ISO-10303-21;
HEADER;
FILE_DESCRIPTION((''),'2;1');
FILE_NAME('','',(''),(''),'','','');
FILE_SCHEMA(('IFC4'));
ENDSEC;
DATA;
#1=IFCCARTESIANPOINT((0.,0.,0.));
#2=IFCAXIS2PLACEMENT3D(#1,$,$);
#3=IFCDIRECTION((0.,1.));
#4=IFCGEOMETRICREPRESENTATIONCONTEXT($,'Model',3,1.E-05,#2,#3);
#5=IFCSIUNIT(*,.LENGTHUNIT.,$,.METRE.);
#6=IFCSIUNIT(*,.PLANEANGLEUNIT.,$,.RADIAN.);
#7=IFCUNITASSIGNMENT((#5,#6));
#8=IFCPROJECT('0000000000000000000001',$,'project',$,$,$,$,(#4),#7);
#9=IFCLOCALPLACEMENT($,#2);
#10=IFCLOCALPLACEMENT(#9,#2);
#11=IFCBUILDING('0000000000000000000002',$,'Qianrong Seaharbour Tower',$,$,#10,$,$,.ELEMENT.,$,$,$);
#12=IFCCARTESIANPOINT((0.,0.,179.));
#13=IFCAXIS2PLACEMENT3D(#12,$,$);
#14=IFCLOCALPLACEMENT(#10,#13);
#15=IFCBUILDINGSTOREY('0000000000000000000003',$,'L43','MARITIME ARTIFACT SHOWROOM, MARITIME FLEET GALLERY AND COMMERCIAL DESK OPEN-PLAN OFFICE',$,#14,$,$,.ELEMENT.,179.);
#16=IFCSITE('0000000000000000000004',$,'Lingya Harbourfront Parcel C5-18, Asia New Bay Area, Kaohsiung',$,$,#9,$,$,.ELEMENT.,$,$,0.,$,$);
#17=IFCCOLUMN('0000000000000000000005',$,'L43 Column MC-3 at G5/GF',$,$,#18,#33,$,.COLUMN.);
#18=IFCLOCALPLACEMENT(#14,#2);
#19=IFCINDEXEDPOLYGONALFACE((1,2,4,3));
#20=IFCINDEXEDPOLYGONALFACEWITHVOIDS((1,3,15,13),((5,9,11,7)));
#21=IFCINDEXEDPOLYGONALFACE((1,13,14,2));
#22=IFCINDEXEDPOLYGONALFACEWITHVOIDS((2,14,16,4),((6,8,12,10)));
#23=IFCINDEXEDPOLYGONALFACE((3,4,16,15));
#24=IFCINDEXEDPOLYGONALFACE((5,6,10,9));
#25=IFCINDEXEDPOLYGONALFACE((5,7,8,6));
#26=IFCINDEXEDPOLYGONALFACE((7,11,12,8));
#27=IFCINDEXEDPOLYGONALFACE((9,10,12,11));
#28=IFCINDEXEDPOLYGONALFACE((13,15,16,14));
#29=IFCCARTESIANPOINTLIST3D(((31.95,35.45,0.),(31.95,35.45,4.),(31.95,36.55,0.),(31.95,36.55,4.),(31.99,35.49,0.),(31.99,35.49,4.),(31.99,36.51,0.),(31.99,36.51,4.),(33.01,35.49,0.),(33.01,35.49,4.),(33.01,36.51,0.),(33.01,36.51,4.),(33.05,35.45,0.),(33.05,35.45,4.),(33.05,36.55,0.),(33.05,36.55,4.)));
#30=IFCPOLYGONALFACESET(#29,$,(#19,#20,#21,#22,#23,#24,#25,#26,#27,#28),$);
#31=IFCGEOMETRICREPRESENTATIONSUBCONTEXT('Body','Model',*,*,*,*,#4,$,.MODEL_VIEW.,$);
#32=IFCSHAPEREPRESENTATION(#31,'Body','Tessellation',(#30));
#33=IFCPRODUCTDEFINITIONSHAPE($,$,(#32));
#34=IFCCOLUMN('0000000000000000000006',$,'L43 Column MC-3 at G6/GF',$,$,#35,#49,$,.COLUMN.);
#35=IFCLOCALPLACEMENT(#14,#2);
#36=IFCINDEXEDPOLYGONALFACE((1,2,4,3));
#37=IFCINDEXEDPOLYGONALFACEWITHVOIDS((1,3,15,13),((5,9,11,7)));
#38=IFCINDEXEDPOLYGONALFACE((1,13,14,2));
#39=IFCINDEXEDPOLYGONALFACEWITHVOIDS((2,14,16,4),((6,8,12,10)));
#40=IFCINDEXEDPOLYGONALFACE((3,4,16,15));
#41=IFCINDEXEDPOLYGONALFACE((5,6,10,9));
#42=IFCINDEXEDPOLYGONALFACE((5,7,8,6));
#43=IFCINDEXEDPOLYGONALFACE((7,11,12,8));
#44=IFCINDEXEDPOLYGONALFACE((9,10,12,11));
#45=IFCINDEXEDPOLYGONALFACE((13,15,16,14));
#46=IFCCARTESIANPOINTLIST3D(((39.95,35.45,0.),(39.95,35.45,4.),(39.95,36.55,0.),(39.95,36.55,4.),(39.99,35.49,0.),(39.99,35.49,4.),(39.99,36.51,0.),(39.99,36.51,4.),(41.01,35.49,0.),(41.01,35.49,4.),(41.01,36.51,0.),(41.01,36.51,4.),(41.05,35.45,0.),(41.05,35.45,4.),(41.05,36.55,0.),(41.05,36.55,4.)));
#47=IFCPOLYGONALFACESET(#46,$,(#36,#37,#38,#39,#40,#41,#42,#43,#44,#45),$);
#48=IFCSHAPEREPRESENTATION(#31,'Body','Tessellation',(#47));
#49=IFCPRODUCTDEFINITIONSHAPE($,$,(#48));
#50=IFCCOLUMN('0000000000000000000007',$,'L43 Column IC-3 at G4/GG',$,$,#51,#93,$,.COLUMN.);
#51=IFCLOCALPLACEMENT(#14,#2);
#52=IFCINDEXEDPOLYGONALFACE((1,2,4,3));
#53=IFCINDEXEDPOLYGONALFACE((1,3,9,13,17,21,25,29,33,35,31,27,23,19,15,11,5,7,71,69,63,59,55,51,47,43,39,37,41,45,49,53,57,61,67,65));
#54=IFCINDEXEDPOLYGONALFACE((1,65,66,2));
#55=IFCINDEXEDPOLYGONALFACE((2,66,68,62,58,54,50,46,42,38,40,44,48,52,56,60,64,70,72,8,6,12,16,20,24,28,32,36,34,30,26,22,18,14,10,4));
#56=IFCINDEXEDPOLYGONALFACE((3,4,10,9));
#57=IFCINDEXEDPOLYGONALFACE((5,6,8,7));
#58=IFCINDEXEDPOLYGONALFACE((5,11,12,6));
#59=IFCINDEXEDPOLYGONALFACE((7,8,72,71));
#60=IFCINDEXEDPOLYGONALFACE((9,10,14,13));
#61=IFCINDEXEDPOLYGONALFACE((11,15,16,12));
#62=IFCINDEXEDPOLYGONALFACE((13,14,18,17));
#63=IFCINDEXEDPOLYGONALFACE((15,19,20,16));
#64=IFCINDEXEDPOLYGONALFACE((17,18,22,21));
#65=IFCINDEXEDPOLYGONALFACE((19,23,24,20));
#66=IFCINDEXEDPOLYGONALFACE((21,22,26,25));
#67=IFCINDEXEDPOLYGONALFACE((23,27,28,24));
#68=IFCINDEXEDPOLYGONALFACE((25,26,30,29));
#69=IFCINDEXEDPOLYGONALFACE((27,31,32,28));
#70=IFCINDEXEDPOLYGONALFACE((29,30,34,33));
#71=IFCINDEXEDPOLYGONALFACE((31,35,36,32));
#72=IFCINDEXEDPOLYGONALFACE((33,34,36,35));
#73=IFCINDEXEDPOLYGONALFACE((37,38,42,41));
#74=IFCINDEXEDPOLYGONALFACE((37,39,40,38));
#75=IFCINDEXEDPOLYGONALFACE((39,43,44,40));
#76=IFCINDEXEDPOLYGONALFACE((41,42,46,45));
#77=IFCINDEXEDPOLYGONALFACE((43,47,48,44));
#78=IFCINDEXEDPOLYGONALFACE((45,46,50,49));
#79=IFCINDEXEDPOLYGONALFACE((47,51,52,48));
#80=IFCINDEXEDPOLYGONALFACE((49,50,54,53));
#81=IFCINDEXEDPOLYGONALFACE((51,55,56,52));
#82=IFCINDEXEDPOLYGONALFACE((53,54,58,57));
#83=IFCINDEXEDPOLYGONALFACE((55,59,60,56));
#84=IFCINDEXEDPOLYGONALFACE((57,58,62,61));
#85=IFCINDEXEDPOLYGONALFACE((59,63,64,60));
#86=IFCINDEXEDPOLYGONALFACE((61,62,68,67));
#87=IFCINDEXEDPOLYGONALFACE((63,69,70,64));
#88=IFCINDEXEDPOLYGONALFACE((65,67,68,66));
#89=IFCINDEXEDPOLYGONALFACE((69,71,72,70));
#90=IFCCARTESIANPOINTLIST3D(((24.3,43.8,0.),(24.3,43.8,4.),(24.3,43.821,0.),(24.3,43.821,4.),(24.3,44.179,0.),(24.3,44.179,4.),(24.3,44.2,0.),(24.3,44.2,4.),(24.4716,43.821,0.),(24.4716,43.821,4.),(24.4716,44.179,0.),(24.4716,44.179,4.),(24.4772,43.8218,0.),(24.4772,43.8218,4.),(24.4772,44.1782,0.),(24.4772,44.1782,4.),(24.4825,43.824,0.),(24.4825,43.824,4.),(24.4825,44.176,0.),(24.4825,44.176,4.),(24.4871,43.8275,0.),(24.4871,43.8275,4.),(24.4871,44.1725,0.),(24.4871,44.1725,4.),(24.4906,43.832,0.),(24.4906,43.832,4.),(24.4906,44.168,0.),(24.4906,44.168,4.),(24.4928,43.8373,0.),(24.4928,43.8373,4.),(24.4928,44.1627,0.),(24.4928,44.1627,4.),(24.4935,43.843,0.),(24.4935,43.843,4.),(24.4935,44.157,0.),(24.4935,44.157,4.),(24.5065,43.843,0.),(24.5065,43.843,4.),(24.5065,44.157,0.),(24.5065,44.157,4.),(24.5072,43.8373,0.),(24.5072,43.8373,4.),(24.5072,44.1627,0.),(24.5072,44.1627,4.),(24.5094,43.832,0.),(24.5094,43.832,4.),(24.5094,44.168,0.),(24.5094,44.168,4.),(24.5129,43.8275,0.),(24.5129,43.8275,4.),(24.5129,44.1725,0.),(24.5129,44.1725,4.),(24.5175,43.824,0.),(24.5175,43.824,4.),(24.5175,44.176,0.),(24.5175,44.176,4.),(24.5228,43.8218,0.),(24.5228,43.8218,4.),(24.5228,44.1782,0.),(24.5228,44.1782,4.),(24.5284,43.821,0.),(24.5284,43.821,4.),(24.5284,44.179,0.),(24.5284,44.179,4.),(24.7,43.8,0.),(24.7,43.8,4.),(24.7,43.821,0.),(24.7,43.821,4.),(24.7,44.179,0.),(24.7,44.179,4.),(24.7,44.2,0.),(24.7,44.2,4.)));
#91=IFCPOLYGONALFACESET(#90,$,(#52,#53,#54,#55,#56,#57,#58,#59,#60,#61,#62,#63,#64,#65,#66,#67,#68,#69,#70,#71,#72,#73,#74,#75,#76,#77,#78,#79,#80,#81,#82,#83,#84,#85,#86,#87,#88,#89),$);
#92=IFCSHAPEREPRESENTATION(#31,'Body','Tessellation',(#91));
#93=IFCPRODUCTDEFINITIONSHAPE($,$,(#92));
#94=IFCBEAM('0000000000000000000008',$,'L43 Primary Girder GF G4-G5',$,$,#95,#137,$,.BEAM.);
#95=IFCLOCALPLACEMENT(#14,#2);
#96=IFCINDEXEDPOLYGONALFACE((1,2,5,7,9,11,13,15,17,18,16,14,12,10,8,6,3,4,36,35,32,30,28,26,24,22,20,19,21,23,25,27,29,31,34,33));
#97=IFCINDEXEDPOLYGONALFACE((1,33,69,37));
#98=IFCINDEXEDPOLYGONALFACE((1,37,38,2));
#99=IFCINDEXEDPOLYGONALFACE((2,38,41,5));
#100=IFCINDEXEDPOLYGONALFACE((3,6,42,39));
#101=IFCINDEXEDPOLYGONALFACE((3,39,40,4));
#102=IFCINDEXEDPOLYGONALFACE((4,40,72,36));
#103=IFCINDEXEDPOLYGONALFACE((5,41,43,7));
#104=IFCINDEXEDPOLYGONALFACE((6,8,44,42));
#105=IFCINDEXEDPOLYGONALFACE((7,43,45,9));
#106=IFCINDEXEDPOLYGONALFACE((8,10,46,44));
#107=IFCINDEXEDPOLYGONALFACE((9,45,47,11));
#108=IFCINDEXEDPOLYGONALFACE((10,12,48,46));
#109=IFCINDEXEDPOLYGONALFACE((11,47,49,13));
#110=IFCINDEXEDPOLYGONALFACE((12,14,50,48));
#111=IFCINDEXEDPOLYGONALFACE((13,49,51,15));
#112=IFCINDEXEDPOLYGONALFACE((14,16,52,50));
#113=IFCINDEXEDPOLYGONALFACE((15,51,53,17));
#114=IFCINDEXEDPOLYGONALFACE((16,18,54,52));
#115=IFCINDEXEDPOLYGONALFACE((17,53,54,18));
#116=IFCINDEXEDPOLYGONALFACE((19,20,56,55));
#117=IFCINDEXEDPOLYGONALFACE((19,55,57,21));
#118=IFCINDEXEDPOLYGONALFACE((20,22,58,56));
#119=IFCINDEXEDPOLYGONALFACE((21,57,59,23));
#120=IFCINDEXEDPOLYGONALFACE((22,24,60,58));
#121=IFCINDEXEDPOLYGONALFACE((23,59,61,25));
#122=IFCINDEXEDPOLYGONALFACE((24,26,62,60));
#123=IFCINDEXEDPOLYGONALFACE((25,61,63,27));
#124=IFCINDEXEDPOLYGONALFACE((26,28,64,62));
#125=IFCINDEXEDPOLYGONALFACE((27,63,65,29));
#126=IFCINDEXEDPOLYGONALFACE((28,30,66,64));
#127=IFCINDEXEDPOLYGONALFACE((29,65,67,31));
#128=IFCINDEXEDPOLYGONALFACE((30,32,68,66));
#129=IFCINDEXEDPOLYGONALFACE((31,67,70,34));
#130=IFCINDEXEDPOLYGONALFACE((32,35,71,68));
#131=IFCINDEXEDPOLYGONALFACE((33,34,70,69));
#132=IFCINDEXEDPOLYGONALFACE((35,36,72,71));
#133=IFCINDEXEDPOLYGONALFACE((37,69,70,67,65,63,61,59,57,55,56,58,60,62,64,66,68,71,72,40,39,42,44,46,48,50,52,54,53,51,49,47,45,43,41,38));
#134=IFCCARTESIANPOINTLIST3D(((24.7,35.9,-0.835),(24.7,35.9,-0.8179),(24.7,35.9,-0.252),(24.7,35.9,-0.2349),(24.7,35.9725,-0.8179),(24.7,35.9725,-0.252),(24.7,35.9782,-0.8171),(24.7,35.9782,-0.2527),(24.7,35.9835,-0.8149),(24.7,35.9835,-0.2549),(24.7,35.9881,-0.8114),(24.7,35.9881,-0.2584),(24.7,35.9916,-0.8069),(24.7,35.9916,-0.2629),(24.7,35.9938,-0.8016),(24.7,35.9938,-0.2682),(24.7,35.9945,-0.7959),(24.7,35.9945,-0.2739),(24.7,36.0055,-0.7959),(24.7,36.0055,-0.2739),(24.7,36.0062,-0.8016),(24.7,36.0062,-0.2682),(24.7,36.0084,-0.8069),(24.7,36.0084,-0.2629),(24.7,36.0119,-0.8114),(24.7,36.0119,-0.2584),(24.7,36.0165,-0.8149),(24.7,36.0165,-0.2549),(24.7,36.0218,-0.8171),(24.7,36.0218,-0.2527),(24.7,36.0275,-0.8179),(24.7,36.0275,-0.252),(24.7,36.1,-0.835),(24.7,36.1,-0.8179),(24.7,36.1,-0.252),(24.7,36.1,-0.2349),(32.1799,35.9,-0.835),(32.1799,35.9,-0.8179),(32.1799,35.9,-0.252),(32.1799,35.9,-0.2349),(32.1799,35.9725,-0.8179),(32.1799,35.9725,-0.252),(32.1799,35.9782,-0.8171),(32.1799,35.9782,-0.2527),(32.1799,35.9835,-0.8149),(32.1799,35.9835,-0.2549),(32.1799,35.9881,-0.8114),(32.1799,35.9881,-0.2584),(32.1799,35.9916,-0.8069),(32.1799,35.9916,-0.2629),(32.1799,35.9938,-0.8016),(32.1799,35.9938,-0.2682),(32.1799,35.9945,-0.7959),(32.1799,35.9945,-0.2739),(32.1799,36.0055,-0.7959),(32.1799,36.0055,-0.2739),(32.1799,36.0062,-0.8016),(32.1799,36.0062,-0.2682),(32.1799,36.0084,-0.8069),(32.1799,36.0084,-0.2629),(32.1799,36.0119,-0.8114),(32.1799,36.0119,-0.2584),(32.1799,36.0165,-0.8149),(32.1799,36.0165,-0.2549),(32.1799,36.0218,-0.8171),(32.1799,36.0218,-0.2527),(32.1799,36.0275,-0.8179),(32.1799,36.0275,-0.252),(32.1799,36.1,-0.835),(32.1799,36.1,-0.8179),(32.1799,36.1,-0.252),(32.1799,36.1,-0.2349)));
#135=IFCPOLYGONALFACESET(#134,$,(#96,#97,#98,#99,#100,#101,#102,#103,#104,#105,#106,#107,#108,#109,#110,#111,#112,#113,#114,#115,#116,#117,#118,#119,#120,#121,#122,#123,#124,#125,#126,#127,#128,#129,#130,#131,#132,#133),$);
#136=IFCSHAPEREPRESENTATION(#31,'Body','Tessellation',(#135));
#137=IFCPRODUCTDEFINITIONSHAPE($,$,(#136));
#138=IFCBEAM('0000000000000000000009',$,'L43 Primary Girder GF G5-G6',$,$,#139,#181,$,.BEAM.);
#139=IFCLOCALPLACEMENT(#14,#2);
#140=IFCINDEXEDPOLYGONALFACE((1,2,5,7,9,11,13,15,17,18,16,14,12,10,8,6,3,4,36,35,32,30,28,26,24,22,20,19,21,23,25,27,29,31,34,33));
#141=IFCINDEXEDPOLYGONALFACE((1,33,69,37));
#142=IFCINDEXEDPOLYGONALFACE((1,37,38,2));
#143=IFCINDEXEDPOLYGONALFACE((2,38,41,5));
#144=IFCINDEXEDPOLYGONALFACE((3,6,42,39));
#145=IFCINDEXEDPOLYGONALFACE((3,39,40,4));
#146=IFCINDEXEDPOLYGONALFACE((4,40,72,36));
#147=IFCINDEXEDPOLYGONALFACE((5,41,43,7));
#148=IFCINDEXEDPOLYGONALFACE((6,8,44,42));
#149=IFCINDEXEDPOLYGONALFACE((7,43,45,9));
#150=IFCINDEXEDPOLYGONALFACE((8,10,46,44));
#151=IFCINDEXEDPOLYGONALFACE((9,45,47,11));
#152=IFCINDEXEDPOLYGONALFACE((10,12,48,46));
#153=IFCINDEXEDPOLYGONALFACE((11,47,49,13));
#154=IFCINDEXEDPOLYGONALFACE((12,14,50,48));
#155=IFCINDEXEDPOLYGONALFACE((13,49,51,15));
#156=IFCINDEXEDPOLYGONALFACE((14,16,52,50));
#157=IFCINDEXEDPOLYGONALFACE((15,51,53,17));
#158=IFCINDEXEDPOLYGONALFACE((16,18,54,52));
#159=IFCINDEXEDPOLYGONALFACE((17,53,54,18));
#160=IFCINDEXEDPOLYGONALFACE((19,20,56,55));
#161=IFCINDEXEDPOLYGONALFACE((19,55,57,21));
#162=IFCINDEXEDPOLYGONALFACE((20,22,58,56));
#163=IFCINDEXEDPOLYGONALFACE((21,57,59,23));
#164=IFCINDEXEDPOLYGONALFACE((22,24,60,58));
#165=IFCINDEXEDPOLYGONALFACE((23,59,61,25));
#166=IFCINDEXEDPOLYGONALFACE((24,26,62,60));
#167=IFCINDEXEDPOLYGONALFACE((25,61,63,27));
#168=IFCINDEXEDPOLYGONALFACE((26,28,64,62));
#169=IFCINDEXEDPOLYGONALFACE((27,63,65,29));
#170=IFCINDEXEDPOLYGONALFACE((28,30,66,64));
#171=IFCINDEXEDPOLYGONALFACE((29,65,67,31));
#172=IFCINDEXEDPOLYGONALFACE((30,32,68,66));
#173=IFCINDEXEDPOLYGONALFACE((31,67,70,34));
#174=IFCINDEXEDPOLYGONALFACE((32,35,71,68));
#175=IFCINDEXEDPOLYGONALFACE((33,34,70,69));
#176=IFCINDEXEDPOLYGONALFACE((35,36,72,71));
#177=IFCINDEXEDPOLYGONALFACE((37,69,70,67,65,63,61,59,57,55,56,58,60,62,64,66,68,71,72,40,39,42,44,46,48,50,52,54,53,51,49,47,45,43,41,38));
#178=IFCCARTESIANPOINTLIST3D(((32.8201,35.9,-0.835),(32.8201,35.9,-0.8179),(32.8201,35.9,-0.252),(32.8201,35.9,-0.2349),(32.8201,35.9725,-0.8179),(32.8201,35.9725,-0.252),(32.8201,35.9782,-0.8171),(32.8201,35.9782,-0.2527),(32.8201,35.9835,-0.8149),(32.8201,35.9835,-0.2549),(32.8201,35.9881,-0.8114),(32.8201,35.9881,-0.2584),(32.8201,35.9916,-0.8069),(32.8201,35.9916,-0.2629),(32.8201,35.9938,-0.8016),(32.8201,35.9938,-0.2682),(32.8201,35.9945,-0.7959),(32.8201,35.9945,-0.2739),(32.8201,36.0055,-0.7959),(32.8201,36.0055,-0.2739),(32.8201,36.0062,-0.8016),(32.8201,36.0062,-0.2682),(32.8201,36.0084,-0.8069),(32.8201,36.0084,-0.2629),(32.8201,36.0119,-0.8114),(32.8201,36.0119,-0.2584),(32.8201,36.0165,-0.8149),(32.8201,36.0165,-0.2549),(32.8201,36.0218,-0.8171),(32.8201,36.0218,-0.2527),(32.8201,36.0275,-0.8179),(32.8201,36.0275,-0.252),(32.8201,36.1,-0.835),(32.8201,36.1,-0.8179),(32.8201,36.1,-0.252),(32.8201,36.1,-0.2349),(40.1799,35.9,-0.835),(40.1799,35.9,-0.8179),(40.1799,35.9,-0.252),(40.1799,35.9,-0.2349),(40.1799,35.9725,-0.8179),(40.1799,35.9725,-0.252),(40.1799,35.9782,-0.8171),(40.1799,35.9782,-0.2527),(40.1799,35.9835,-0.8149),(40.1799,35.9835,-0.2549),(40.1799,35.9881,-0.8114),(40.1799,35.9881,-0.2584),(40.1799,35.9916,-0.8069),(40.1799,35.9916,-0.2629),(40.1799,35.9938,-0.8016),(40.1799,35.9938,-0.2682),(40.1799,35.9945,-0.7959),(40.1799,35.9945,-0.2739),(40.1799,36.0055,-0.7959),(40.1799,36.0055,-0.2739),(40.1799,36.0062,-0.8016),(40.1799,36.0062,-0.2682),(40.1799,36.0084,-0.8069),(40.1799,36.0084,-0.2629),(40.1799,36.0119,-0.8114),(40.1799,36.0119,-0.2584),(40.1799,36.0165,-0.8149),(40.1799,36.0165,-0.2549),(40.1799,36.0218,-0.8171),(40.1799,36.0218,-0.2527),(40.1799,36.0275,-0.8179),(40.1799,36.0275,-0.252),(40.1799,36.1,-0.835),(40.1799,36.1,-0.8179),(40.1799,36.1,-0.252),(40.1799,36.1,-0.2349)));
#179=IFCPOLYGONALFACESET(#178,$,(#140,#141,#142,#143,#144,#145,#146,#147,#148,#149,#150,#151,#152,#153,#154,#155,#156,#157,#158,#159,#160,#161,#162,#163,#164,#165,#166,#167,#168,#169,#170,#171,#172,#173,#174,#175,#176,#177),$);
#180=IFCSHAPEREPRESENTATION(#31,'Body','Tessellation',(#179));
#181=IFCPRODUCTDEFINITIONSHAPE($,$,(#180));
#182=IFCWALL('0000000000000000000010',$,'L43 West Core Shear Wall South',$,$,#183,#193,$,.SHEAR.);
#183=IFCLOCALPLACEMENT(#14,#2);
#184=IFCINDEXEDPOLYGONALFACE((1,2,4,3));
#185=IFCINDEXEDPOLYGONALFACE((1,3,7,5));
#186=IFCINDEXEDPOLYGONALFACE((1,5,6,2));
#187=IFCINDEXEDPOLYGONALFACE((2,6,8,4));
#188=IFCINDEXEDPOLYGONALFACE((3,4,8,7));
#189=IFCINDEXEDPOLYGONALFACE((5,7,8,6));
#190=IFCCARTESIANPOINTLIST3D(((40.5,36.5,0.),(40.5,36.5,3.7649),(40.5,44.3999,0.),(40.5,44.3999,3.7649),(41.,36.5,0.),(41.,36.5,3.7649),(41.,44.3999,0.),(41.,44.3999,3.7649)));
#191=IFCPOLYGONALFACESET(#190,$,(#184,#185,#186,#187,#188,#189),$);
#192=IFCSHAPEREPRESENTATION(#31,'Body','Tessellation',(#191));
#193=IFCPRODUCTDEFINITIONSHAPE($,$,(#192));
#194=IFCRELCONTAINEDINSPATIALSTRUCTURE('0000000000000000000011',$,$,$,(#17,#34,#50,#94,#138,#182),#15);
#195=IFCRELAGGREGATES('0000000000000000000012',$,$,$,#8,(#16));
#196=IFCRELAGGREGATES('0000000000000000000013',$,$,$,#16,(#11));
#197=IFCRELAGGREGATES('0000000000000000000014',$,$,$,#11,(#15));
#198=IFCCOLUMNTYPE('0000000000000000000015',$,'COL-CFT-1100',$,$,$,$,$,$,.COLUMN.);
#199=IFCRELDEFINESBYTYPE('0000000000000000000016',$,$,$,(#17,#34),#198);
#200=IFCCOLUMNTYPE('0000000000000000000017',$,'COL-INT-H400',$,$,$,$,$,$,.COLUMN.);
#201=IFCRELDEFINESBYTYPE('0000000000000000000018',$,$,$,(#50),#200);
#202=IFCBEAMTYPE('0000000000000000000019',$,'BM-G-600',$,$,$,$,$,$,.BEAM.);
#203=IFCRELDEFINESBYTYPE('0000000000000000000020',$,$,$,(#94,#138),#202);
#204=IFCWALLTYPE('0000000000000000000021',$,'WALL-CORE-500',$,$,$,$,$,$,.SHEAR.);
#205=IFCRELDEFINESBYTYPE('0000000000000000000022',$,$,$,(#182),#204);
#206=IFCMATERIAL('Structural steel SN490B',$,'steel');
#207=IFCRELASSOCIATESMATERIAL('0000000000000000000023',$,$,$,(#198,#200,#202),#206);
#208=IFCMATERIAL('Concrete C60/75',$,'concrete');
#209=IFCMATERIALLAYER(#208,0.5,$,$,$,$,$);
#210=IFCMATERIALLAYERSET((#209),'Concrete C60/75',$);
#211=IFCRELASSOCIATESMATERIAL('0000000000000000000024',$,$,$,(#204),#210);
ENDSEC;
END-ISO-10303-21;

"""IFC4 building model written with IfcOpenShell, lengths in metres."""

from ifc_helpers import new_model, si_unit, direction, frame, frame_2d, origin, origin_2d, place, context, subcontext, project, spatial, rectangle, hollow_rectangle, i_section, extrude, material, layer, layer_set, material_profile, profile_set, type_object, element, save


model = new_model("IFC4")

# Units and contexts
model_context = context("Model", 3, precision=1e-05, world=origin(), true_north=direction((0.0, 1.0)))
body_context = subcontext(model_context, "Body", "Model", "MODEL_VIEW")
ifc_project = project(units=[si_unit("LENGTHUNIT", "METRE"), si_unit("PLANEANGLEUNIT", "RADIAN")], contexts=[model_context])

# Site, building, storey
site_placement = place(None, origin())
site = spatial("IfcSite", under=ifc_project, at=site_placement, Name="Lingya Harbourfront Parcel C5-18, Asia New Bay Area, Kaohsiung", CompositionType="ELEMENT", RefElevation=0.0)
building_placement = place(site_placement, origin())
building = spatial("IfcBuilding", under=site, at=building_placement, Name="Qianrong Seaharbour Tower", CompositionType="ELEMENT")
storey_placement = place(building_placement, frame((0.0, 0.0, 179.0)))
storey = spatial("IfcBuildingStorey", under=building, at=storey_placement, Name="L43", Description="MARITIME ARTIFACT SHOWROOM, MARITIME FLEET GALLERY AND COMMERCIAL DESK OPEN-PLAN OFFICE", CompositionType="ELEMENT", Elevation=179.0)

# Columns
ifc_material_1 = material(Name="Structural steel SN490B", Category="steel")
ifc_material_profile_1 = material_profile(ifc_material_1, hollow_rectangle(XDim=1.1001, YDim=1.1001, WallThickness=0.04, at=origin_2d()), Name="BOX1100x1100x40")
ifc_profile_set_1 = profile_set([ifc_material_profile_1], Name="Structural steel SN490B")
column_type_1 = type_object("IfcColumnType", Name="COL-CFT-1100", PredefinedType="COLUMN", material=ifc_profile_set_1)
for number, where, z_axis, x_axis, name in (
    (1, (32.5, 36.0, 0.0), (0.0, 0.0, 1.0), (1.0, 0.0, 0.0), "L43 Column MC-3 at G5/GF"),
    (2, (40.5, 36.0, 0.0), (0.0, 0.0, 1.0), (1.0, 0.0, 0.0), "L43 Column MC-3 at G6/GF"),
):
    element("IfcColumn", number, at=place(storey_placement, frame(where, z_axis=z_axis, x_axis=x_axis)), inside=storey, type_object=column_type_1, Name=name, PredefinedType="COLUMN", context=body_context, shape_type="SweptSolid", body=[
        extrude(hollow_rectangle(XDim=1.1001, YDim=1.1001, WallThickness=0.04, at=origin_2d()), origin(), (0.0, 0.0, 1.0), 4.0),
    ])
ifc_material_profile_2 = material_profile(ifc_material_1, i_section(OverallWidth=0.3999, OverallDepth=0.3999, WebThickness=0.0129, FlangeThickness=0.021, FilletRadius=0.022, at=origin_2d()), Name="H400x400x13x21")
ifc_profile_set_2 = profile_set([ifc_material_profile_2], Name="Structural steel SN490B")
column_type_2 = type_object("IfcColumnType", Name="COL-INT-H400", PredefinedType="COLUMN", material=ifc_profile_set_2)
column_placement = place(storey_placement, frame((24.5, 44.0, 0.0), z_axis=(0.0, 0.0, 1.0), x_axis=(1.0, 0.0, 0.0)))
element("IfcColumn", 3, at=column_placement, inside=storey, type_object=column_type_2, Name="L43 Column IC-3 at G4/GG", PredefinedType="COLUMN", context=body_context, shape_type="SweptSolid", body=[
    extrude(i_section(OverallWidth=0.3999, OverallDepth=0.3999, WebThickness=0.0129, FlangeThickness=0.021, FilletRadius=0.022, at=origin_2d()), origin(), (0.0, 0.0, 1.0), 4.0),
])

# Beams
ifc_material_profile_3 = material_profile(ifc_material_1, i_section(OverallWidth=0.2, OverallDepth=0.6001, WebThickness=0.011, FlangeThickness=0.0171, FilletRadius=0.022, at=origin_2d()), Name="H600x200x11x17")
ifc_profile_set_3 = profile_set([ifc_material_profile_3], Name="Structural steel SN490B")
beam_type = type_object("IfcBeamType", Name="BM-G-600", PredefinedType="BEAM", material=ifc_profile_set_3)
beam_1_placement = place(storey_placement, frame((24.7, 36.0, -0.5349), z_axis=(1.0, 0.0, 0.0), x_axis=(0.0, 1.0, 0.0)))
element("IfcBeam", 4, at=beam_1_placement, inside=storey, type_object=beam_type, Name="L43 Primary Girder GF G4-G5", PredefinedType="BEAM", context=body_context, shape_type="SweptSolid", body=[
    extrude(i_section(OverallWidth=0.2, OverallDepth=0.6001, WebThickness=0.011, FlangeThickness=0.0171, FilletRadius=0.022, at=origin_2d()), origin(), (0.0, 0.0, 1.0), 7.48),
])
beam_2_placement = place(storey_placement, frame((32.8201, 36.0, -0.5349), z_axis=(1.0, 0.0, 0.0), x_axis=(0.0, 1.0, 0.0)))
element("IfcBeam", 5, at=beam_2_placement, inside=storey, type_object=beam_type, Name="L43 Primary Girder GF G5-G6", PredefinedType="BEAM", context=body_context, shape_type="SweptSolid", body=[
    extrude(i_section(OverallWidth=0.2, OverallDepth=0.6001, WebThickness=0.011, FlangeThickness=0.0171, FilletRadius=0.022, at=origin_2d()), origin(), (0.0, 0.0, 1.0), 7.3599),
])

# Wall
ifc_material_2 = material(Name="Concrete C60/75", Category="concrete")
ifc_layer_1 = layer(ifc_material_2, 0.5)
ifc_layer_set_1 = layer_set([ifc_layer_1], Name="Concrete C60/75")
wall_type_1 = type_object("IfcWallType", Name="WALL-CORE-500", PredefinedType="SHEAR", material=ifc_layer_set_1)
wall_1_placement = place(storey_placement, frame((40.75, 36.5, 0.0), z_axis=(0.0, 0.0, 1.0), x_axis=(0.0, 1.0, 0.0)))
element("IfcWall", 6, at=wall_1_placement, inside=storey, type_object=wall_type_1, Name="L43 West Core Shear Wall South", PredefinedType="SHEAR", context=body_context, shape_type="SweptSolid", body=[
    extrude(rectangle(XDim=7.8999, YDim=0.5, at=frame_2d((3.95, 0.0))), origin(), (0.0, 0.0, 1.0), 3.7649),
])

save(model, "model.ifc")
